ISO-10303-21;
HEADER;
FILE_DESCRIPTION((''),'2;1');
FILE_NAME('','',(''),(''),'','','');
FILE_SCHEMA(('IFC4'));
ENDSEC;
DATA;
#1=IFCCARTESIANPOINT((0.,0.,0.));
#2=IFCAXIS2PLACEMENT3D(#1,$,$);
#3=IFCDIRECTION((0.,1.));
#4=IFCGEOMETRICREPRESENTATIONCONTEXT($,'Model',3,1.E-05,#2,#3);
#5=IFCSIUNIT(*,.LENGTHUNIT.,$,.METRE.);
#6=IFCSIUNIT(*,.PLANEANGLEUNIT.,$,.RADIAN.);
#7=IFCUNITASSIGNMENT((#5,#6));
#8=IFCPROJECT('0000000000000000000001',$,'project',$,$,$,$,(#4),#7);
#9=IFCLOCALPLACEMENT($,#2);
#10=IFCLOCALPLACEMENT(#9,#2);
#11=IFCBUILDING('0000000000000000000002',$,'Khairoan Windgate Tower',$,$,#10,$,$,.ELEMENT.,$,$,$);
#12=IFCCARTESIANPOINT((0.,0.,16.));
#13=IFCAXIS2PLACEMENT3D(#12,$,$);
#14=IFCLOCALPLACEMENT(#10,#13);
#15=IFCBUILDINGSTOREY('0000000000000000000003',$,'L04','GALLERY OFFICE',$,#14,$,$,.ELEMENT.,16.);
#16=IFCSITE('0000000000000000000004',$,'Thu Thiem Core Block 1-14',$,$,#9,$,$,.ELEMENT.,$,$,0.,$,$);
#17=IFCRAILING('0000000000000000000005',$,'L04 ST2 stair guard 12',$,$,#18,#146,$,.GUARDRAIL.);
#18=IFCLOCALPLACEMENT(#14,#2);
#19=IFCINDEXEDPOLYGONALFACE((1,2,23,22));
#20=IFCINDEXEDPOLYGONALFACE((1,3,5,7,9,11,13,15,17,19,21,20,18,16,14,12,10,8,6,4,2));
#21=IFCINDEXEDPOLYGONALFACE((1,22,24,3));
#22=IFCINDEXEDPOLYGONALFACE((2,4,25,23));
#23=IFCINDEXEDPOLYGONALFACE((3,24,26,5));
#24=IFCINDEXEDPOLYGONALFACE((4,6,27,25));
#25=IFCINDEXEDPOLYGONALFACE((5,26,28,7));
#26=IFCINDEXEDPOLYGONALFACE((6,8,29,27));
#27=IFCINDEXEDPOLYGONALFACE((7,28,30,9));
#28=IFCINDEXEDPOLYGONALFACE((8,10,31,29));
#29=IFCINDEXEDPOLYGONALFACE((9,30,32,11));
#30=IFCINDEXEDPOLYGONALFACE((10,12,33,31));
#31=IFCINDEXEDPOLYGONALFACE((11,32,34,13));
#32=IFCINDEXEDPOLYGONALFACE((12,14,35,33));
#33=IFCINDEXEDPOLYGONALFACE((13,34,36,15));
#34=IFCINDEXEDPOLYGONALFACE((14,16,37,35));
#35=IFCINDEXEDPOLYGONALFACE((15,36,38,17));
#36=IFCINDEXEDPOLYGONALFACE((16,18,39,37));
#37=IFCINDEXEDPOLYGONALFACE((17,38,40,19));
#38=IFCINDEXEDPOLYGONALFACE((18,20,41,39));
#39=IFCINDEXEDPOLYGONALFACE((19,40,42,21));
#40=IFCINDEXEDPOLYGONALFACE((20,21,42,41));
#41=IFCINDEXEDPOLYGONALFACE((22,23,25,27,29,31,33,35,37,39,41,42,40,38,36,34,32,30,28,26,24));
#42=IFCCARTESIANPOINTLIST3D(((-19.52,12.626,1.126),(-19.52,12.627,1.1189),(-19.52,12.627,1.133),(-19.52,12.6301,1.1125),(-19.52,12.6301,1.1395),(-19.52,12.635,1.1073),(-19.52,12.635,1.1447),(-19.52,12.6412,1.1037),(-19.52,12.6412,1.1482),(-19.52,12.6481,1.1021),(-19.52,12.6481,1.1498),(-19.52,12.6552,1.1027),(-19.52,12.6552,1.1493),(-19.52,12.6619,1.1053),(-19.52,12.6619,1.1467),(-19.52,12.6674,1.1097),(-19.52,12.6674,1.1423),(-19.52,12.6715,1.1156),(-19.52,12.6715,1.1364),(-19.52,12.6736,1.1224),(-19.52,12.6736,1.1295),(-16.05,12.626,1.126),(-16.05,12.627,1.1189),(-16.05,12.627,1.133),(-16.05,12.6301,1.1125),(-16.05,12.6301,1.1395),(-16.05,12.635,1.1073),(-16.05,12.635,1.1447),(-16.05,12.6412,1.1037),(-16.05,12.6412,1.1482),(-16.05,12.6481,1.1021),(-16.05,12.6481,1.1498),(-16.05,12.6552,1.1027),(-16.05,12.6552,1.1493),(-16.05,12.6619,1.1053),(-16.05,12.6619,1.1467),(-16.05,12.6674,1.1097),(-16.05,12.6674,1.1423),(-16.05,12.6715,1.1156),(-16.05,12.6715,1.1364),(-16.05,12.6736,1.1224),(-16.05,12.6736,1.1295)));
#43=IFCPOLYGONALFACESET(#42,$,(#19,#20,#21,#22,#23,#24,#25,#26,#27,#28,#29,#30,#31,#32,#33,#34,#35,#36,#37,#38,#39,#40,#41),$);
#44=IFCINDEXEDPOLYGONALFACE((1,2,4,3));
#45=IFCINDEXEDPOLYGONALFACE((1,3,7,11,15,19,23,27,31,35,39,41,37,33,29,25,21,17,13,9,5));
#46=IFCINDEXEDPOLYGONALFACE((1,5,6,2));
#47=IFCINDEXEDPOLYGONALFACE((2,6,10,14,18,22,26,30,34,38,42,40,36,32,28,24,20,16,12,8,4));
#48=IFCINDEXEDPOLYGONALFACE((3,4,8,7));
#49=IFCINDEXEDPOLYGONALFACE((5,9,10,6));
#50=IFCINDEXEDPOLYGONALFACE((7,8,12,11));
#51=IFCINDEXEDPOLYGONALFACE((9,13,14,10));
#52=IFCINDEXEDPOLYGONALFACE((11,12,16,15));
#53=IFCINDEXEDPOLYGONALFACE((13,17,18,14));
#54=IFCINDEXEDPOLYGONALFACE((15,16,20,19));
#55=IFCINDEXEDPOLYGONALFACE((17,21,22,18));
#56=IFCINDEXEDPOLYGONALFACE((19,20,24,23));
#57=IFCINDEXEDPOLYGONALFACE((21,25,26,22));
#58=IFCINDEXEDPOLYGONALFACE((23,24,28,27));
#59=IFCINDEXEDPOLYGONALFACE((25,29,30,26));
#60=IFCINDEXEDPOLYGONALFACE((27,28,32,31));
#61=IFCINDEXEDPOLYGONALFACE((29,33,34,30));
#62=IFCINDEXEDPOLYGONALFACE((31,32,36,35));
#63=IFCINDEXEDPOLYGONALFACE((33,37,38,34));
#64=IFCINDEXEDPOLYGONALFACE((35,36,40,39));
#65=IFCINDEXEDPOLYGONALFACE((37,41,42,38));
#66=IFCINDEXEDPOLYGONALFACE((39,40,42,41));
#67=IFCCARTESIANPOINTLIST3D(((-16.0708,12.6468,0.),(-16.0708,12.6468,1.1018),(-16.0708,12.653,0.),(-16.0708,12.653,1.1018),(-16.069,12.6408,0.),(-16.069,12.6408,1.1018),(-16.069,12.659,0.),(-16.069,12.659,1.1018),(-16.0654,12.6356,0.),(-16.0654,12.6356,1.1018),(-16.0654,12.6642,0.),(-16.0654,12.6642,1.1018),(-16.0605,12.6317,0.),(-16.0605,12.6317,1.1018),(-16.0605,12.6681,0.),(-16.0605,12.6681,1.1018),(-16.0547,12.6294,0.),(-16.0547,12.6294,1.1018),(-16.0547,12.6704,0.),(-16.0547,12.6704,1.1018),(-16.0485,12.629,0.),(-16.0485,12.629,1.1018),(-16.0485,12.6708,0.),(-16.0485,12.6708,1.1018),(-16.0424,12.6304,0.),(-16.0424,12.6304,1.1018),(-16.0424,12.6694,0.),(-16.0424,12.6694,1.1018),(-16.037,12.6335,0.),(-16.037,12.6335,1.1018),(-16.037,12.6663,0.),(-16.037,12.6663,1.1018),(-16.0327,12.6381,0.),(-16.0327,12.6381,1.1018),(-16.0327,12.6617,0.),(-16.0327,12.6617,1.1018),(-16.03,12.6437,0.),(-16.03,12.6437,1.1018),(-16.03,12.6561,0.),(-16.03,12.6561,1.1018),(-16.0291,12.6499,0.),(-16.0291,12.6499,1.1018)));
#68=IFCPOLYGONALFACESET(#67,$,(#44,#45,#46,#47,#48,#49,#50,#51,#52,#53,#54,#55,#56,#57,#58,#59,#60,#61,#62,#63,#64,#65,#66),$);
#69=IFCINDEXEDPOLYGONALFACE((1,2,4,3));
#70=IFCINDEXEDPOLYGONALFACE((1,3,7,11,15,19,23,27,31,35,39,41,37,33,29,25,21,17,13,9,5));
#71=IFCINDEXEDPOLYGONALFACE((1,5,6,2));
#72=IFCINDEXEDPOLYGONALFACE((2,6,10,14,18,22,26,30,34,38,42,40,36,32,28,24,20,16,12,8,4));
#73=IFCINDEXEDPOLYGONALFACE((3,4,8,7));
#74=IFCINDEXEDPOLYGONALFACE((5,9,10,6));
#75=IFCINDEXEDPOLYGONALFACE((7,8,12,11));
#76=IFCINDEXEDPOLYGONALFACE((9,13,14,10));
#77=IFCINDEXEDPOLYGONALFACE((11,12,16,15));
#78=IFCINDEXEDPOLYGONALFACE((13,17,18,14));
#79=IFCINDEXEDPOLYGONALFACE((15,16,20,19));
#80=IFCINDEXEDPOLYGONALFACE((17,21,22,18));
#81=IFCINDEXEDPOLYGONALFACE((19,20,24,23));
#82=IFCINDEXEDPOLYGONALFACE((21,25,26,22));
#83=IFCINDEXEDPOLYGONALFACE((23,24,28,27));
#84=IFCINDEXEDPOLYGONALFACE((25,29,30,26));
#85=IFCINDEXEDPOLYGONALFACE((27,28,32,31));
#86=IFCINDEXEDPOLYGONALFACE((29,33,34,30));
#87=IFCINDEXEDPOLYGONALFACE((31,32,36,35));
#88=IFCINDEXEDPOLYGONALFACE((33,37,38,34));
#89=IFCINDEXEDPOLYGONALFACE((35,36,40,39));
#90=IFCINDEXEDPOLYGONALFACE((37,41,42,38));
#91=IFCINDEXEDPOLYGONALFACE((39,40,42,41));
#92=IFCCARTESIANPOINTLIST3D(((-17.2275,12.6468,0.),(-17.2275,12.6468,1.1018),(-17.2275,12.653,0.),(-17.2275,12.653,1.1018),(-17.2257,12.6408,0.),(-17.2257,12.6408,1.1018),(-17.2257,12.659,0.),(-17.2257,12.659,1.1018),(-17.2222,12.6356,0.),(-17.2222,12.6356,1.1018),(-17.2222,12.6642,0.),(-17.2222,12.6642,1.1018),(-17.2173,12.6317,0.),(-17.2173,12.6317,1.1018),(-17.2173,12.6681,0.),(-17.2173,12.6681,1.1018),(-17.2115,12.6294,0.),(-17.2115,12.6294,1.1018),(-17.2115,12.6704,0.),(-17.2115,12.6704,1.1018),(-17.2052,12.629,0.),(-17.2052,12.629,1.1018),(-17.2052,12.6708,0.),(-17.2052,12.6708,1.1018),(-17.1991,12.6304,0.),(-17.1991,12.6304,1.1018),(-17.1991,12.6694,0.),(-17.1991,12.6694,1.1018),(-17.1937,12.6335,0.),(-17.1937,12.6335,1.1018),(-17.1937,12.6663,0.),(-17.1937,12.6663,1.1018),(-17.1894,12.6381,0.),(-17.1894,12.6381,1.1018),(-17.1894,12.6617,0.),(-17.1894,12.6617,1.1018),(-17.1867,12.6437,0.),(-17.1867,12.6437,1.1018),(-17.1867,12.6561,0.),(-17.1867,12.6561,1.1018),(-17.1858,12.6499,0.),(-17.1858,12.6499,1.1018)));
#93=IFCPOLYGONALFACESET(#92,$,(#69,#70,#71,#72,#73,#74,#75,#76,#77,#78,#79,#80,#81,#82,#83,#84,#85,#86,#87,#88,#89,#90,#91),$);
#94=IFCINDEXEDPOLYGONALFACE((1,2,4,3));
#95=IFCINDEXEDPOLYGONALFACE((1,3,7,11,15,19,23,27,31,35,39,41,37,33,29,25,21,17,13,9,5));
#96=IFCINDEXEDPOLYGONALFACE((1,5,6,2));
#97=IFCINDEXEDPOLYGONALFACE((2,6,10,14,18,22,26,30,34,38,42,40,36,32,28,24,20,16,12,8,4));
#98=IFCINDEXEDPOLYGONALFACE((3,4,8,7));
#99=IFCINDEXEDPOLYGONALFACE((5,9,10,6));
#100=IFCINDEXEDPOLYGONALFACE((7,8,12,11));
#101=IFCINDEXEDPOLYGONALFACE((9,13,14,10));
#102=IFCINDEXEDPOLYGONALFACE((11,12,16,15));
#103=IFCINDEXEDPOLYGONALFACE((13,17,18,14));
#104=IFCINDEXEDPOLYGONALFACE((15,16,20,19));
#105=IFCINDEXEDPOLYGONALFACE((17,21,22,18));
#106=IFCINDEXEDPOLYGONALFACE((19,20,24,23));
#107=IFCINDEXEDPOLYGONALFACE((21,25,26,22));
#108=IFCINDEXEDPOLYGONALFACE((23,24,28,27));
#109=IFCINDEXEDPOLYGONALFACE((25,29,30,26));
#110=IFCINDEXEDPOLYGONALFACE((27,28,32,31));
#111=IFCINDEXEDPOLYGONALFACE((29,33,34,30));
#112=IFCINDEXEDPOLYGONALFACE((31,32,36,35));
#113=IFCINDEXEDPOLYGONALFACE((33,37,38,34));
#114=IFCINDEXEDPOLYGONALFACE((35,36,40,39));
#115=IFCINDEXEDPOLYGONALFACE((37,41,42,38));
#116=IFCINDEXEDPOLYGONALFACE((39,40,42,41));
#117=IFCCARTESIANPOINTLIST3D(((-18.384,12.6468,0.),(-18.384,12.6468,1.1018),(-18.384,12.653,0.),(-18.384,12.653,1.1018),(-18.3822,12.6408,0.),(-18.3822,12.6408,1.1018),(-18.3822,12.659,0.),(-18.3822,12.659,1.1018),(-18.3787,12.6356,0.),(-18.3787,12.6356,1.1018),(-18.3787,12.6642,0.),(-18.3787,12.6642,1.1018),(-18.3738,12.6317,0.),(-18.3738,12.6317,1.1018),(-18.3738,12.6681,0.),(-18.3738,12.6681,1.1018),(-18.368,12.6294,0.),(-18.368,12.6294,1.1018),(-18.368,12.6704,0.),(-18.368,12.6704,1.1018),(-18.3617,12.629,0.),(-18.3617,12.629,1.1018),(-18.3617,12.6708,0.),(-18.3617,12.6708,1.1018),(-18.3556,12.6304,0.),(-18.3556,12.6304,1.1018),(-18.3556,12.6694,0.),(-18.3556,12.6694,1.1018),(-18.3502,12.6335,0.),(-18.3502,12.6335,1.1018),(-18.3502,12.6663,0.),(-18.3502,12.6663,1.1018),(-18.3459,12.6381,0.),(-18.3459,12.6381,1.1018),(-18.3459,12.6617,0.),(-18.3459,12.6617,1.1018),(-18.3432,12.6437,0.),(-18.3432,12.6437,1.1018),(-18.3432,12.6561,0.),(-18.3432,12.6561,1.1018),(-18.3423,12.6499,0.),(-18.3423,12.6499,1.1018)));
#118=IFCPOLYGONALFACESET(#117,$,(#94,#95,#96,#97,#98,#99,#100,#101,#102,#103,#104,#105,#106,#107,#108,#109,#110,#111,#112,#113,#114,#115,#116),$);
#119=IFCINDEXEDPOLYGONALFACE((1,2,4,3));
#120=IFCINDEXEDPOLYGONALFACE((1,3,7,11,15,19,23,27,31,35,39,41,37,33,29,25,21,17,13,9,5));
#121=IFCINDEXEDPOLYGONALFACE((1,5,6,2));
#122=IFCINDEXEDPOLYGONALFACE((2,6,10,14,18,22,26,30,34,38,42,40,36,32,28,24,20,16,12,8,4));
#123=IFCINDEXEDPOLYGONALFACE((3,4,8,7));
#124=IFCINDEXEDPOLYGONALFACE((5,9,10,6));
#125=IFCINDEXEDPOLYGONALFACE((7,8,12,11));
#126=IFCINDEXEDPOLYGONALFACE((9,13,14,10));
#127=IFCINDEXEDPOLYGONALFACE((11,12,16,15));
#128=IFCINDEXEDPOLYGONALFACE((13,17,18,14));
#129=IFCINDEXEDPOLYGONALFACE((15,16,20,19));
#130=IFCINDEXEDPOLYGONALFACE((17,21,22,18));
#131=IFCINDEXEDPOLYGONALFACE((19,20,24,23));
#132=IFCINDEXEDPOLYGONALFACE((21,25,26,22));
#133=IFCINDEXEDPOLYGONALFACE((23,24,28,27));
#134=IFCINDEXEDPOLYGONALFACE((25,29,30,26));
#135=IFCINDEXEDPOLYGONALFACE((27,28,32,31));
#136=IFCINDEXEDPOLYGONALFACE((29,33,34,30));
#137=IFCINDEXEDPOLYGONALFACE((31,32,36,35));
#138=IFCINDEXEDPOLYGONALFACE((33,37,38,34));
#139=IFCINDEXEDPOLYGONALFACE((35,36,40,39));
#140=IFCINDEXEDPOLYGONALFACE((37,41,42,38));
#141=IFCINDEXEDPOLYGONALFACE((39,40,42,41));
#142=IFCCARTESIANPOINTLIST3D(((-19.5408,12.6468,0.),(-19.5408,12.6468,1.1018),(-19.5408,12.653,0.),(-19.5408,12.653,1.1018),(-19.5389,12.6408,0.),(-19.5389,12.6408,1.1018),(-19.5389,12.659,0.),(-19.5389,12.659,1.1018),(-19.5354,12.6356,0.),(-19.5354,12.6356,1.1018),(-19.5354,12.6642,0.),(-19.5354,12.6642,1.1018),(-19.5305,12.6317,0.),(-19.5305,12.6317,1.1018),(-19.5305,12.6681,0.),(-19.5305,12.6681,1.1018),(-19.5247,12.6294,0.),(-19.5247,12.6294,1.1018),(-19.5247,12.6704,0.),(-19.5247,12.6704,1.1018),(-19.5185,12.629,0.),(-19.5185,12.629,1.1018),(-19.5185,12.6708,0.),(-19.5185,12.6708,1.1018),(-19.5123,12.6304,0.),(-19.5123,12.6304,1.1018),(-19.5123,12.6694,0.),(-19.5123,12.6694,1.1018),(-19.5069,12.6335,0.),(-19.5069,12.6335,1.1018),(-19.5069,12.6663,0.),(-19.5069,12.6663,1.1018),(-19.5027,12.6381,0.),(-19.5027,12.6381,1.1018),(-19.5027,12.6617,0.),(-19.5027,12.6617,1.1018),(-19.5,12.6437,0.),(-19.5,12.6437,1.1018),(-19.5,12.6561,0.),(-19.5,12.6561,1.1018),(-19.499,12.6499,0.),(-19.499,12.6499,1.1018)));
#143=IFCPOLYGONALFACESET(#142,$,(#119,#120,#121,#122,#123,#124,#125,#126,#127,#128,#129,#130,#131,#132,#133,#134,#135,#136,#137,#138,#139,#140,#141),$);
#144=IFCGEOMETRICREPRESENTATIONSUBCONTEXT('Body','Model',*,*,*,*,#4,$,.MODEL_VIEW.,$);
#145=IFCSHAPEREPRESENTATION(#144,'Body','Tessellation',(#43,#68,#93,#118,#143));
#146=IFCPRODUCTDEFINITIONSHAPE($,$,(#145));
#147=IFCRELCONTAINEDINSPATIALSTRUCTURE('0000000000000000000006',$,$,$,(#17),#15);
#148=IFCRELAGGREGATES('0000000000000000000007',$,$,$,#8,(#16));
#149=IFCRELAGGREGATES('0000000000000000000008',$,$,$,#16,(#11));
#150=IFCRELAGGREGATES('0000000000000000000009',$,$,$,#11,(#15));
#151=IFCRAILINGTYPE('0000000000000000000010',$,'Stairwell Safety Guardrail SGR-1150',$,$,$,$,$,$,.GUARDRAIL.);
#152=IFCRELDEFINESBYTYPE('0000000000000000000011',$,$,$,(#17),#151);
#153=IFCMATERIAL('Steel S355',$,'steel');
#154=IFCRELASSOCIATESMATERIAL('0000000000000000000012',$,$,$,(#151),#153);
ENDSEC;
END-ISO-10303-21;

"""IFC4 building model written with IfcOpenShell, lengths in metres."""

from ifc_helpers import new_model, si_unit, direction, frame, origin, origin_2d, place, context, subcontext, project, spatial, circle, extrude, material, type_object, element, save


model = new_model("IFC4")

# Units and contexts
model_context = context("Model", 3, precision=1e-05, world=origin(), true_north=direction((0.0, 1.0)))
body_context = subcontext(model_context, "Body", "Model", "MODEL_VIEW")
ifc_project = project(units=[si_unit("LENGTHUNIT", "METRE"), si_unit("PLANEANGLEUNIT", "RADIAN")], contexts=[model_context])

# Site, building, storey
site_placement = place(None, origin())
site = spatial("IfcSite", under=ifc_project, at=site_placement, Name="Thu Thiem Core Block 1-14", CompositionType="ELEMENT", RefElevation=0.0)
building_placement = place(site_placement, origin())
building = spatial("IfcBuilding", under=site, at=building_placement, Name="Khairoan Windgate Tower", CompositionType="ELEMENT")
storey_placement = place(building_placement, frame((0.0, 0.0, 16.0)))
storey = spatial("IfcBuildingStorey", under=building, at=storey_placement, Name="L04", Description="GALLERY OFFICE", CompositionType="ELEMENT", Elevation=16.0)

# Railing
ifc_material_1 = material(Name="Steel S355", Category="steel")
railing_type_1 = type_object("IfcRailingType", Name="Stairwell Safety Guardrail SGR-1150", PredefinedType="GUARDRAIL", material=ifc_material_1)
railing_1_placement = place(storey_placement, frame((-16.05, 12.6499, 0.0)))
element("IfcRailing", 1, at=railing_1_placement, inside=storey, type_object=railing_type_1, Name="L04 ST2 stair guard 12", PredefinedType="GUARDRAIL", context=body_context, shape_type="SweptSolid", body=[
    extrude(circle(Radius=0.0239, at=origin_2d()), frame((0.0, 0.0, 1.126), z_axis=(-1.0, 0.0, 0.0), x_axis=(0.0, -1.0, 0.0)), (0.0, 0.0, 1.0), 3.47),
    extrude(circle(Radius=0.021, at=origin_2d()), origin(), (0.0, 0.0, 1.0), 1.1018),
    extrude(circle(Radius=0.021, at=origin_2d()), frame((-1.1567, 0.0, 0.0)), (0.0, 0.0, 1.0), 1.1018),
    extrude(circle(Radius=0.021, at=origin_2d()), frame((-2.3132, 0.0, 0.0)), (0.0, 0.0, 1.0), 1.1018),
    extrude(circle(Radius=0.021, at=origin_2d()), frame((-3.47, 0.0, 0.0)), (0.0, 0.0, 1.0), 1.1018),
])

save(model, "model.ifc")
